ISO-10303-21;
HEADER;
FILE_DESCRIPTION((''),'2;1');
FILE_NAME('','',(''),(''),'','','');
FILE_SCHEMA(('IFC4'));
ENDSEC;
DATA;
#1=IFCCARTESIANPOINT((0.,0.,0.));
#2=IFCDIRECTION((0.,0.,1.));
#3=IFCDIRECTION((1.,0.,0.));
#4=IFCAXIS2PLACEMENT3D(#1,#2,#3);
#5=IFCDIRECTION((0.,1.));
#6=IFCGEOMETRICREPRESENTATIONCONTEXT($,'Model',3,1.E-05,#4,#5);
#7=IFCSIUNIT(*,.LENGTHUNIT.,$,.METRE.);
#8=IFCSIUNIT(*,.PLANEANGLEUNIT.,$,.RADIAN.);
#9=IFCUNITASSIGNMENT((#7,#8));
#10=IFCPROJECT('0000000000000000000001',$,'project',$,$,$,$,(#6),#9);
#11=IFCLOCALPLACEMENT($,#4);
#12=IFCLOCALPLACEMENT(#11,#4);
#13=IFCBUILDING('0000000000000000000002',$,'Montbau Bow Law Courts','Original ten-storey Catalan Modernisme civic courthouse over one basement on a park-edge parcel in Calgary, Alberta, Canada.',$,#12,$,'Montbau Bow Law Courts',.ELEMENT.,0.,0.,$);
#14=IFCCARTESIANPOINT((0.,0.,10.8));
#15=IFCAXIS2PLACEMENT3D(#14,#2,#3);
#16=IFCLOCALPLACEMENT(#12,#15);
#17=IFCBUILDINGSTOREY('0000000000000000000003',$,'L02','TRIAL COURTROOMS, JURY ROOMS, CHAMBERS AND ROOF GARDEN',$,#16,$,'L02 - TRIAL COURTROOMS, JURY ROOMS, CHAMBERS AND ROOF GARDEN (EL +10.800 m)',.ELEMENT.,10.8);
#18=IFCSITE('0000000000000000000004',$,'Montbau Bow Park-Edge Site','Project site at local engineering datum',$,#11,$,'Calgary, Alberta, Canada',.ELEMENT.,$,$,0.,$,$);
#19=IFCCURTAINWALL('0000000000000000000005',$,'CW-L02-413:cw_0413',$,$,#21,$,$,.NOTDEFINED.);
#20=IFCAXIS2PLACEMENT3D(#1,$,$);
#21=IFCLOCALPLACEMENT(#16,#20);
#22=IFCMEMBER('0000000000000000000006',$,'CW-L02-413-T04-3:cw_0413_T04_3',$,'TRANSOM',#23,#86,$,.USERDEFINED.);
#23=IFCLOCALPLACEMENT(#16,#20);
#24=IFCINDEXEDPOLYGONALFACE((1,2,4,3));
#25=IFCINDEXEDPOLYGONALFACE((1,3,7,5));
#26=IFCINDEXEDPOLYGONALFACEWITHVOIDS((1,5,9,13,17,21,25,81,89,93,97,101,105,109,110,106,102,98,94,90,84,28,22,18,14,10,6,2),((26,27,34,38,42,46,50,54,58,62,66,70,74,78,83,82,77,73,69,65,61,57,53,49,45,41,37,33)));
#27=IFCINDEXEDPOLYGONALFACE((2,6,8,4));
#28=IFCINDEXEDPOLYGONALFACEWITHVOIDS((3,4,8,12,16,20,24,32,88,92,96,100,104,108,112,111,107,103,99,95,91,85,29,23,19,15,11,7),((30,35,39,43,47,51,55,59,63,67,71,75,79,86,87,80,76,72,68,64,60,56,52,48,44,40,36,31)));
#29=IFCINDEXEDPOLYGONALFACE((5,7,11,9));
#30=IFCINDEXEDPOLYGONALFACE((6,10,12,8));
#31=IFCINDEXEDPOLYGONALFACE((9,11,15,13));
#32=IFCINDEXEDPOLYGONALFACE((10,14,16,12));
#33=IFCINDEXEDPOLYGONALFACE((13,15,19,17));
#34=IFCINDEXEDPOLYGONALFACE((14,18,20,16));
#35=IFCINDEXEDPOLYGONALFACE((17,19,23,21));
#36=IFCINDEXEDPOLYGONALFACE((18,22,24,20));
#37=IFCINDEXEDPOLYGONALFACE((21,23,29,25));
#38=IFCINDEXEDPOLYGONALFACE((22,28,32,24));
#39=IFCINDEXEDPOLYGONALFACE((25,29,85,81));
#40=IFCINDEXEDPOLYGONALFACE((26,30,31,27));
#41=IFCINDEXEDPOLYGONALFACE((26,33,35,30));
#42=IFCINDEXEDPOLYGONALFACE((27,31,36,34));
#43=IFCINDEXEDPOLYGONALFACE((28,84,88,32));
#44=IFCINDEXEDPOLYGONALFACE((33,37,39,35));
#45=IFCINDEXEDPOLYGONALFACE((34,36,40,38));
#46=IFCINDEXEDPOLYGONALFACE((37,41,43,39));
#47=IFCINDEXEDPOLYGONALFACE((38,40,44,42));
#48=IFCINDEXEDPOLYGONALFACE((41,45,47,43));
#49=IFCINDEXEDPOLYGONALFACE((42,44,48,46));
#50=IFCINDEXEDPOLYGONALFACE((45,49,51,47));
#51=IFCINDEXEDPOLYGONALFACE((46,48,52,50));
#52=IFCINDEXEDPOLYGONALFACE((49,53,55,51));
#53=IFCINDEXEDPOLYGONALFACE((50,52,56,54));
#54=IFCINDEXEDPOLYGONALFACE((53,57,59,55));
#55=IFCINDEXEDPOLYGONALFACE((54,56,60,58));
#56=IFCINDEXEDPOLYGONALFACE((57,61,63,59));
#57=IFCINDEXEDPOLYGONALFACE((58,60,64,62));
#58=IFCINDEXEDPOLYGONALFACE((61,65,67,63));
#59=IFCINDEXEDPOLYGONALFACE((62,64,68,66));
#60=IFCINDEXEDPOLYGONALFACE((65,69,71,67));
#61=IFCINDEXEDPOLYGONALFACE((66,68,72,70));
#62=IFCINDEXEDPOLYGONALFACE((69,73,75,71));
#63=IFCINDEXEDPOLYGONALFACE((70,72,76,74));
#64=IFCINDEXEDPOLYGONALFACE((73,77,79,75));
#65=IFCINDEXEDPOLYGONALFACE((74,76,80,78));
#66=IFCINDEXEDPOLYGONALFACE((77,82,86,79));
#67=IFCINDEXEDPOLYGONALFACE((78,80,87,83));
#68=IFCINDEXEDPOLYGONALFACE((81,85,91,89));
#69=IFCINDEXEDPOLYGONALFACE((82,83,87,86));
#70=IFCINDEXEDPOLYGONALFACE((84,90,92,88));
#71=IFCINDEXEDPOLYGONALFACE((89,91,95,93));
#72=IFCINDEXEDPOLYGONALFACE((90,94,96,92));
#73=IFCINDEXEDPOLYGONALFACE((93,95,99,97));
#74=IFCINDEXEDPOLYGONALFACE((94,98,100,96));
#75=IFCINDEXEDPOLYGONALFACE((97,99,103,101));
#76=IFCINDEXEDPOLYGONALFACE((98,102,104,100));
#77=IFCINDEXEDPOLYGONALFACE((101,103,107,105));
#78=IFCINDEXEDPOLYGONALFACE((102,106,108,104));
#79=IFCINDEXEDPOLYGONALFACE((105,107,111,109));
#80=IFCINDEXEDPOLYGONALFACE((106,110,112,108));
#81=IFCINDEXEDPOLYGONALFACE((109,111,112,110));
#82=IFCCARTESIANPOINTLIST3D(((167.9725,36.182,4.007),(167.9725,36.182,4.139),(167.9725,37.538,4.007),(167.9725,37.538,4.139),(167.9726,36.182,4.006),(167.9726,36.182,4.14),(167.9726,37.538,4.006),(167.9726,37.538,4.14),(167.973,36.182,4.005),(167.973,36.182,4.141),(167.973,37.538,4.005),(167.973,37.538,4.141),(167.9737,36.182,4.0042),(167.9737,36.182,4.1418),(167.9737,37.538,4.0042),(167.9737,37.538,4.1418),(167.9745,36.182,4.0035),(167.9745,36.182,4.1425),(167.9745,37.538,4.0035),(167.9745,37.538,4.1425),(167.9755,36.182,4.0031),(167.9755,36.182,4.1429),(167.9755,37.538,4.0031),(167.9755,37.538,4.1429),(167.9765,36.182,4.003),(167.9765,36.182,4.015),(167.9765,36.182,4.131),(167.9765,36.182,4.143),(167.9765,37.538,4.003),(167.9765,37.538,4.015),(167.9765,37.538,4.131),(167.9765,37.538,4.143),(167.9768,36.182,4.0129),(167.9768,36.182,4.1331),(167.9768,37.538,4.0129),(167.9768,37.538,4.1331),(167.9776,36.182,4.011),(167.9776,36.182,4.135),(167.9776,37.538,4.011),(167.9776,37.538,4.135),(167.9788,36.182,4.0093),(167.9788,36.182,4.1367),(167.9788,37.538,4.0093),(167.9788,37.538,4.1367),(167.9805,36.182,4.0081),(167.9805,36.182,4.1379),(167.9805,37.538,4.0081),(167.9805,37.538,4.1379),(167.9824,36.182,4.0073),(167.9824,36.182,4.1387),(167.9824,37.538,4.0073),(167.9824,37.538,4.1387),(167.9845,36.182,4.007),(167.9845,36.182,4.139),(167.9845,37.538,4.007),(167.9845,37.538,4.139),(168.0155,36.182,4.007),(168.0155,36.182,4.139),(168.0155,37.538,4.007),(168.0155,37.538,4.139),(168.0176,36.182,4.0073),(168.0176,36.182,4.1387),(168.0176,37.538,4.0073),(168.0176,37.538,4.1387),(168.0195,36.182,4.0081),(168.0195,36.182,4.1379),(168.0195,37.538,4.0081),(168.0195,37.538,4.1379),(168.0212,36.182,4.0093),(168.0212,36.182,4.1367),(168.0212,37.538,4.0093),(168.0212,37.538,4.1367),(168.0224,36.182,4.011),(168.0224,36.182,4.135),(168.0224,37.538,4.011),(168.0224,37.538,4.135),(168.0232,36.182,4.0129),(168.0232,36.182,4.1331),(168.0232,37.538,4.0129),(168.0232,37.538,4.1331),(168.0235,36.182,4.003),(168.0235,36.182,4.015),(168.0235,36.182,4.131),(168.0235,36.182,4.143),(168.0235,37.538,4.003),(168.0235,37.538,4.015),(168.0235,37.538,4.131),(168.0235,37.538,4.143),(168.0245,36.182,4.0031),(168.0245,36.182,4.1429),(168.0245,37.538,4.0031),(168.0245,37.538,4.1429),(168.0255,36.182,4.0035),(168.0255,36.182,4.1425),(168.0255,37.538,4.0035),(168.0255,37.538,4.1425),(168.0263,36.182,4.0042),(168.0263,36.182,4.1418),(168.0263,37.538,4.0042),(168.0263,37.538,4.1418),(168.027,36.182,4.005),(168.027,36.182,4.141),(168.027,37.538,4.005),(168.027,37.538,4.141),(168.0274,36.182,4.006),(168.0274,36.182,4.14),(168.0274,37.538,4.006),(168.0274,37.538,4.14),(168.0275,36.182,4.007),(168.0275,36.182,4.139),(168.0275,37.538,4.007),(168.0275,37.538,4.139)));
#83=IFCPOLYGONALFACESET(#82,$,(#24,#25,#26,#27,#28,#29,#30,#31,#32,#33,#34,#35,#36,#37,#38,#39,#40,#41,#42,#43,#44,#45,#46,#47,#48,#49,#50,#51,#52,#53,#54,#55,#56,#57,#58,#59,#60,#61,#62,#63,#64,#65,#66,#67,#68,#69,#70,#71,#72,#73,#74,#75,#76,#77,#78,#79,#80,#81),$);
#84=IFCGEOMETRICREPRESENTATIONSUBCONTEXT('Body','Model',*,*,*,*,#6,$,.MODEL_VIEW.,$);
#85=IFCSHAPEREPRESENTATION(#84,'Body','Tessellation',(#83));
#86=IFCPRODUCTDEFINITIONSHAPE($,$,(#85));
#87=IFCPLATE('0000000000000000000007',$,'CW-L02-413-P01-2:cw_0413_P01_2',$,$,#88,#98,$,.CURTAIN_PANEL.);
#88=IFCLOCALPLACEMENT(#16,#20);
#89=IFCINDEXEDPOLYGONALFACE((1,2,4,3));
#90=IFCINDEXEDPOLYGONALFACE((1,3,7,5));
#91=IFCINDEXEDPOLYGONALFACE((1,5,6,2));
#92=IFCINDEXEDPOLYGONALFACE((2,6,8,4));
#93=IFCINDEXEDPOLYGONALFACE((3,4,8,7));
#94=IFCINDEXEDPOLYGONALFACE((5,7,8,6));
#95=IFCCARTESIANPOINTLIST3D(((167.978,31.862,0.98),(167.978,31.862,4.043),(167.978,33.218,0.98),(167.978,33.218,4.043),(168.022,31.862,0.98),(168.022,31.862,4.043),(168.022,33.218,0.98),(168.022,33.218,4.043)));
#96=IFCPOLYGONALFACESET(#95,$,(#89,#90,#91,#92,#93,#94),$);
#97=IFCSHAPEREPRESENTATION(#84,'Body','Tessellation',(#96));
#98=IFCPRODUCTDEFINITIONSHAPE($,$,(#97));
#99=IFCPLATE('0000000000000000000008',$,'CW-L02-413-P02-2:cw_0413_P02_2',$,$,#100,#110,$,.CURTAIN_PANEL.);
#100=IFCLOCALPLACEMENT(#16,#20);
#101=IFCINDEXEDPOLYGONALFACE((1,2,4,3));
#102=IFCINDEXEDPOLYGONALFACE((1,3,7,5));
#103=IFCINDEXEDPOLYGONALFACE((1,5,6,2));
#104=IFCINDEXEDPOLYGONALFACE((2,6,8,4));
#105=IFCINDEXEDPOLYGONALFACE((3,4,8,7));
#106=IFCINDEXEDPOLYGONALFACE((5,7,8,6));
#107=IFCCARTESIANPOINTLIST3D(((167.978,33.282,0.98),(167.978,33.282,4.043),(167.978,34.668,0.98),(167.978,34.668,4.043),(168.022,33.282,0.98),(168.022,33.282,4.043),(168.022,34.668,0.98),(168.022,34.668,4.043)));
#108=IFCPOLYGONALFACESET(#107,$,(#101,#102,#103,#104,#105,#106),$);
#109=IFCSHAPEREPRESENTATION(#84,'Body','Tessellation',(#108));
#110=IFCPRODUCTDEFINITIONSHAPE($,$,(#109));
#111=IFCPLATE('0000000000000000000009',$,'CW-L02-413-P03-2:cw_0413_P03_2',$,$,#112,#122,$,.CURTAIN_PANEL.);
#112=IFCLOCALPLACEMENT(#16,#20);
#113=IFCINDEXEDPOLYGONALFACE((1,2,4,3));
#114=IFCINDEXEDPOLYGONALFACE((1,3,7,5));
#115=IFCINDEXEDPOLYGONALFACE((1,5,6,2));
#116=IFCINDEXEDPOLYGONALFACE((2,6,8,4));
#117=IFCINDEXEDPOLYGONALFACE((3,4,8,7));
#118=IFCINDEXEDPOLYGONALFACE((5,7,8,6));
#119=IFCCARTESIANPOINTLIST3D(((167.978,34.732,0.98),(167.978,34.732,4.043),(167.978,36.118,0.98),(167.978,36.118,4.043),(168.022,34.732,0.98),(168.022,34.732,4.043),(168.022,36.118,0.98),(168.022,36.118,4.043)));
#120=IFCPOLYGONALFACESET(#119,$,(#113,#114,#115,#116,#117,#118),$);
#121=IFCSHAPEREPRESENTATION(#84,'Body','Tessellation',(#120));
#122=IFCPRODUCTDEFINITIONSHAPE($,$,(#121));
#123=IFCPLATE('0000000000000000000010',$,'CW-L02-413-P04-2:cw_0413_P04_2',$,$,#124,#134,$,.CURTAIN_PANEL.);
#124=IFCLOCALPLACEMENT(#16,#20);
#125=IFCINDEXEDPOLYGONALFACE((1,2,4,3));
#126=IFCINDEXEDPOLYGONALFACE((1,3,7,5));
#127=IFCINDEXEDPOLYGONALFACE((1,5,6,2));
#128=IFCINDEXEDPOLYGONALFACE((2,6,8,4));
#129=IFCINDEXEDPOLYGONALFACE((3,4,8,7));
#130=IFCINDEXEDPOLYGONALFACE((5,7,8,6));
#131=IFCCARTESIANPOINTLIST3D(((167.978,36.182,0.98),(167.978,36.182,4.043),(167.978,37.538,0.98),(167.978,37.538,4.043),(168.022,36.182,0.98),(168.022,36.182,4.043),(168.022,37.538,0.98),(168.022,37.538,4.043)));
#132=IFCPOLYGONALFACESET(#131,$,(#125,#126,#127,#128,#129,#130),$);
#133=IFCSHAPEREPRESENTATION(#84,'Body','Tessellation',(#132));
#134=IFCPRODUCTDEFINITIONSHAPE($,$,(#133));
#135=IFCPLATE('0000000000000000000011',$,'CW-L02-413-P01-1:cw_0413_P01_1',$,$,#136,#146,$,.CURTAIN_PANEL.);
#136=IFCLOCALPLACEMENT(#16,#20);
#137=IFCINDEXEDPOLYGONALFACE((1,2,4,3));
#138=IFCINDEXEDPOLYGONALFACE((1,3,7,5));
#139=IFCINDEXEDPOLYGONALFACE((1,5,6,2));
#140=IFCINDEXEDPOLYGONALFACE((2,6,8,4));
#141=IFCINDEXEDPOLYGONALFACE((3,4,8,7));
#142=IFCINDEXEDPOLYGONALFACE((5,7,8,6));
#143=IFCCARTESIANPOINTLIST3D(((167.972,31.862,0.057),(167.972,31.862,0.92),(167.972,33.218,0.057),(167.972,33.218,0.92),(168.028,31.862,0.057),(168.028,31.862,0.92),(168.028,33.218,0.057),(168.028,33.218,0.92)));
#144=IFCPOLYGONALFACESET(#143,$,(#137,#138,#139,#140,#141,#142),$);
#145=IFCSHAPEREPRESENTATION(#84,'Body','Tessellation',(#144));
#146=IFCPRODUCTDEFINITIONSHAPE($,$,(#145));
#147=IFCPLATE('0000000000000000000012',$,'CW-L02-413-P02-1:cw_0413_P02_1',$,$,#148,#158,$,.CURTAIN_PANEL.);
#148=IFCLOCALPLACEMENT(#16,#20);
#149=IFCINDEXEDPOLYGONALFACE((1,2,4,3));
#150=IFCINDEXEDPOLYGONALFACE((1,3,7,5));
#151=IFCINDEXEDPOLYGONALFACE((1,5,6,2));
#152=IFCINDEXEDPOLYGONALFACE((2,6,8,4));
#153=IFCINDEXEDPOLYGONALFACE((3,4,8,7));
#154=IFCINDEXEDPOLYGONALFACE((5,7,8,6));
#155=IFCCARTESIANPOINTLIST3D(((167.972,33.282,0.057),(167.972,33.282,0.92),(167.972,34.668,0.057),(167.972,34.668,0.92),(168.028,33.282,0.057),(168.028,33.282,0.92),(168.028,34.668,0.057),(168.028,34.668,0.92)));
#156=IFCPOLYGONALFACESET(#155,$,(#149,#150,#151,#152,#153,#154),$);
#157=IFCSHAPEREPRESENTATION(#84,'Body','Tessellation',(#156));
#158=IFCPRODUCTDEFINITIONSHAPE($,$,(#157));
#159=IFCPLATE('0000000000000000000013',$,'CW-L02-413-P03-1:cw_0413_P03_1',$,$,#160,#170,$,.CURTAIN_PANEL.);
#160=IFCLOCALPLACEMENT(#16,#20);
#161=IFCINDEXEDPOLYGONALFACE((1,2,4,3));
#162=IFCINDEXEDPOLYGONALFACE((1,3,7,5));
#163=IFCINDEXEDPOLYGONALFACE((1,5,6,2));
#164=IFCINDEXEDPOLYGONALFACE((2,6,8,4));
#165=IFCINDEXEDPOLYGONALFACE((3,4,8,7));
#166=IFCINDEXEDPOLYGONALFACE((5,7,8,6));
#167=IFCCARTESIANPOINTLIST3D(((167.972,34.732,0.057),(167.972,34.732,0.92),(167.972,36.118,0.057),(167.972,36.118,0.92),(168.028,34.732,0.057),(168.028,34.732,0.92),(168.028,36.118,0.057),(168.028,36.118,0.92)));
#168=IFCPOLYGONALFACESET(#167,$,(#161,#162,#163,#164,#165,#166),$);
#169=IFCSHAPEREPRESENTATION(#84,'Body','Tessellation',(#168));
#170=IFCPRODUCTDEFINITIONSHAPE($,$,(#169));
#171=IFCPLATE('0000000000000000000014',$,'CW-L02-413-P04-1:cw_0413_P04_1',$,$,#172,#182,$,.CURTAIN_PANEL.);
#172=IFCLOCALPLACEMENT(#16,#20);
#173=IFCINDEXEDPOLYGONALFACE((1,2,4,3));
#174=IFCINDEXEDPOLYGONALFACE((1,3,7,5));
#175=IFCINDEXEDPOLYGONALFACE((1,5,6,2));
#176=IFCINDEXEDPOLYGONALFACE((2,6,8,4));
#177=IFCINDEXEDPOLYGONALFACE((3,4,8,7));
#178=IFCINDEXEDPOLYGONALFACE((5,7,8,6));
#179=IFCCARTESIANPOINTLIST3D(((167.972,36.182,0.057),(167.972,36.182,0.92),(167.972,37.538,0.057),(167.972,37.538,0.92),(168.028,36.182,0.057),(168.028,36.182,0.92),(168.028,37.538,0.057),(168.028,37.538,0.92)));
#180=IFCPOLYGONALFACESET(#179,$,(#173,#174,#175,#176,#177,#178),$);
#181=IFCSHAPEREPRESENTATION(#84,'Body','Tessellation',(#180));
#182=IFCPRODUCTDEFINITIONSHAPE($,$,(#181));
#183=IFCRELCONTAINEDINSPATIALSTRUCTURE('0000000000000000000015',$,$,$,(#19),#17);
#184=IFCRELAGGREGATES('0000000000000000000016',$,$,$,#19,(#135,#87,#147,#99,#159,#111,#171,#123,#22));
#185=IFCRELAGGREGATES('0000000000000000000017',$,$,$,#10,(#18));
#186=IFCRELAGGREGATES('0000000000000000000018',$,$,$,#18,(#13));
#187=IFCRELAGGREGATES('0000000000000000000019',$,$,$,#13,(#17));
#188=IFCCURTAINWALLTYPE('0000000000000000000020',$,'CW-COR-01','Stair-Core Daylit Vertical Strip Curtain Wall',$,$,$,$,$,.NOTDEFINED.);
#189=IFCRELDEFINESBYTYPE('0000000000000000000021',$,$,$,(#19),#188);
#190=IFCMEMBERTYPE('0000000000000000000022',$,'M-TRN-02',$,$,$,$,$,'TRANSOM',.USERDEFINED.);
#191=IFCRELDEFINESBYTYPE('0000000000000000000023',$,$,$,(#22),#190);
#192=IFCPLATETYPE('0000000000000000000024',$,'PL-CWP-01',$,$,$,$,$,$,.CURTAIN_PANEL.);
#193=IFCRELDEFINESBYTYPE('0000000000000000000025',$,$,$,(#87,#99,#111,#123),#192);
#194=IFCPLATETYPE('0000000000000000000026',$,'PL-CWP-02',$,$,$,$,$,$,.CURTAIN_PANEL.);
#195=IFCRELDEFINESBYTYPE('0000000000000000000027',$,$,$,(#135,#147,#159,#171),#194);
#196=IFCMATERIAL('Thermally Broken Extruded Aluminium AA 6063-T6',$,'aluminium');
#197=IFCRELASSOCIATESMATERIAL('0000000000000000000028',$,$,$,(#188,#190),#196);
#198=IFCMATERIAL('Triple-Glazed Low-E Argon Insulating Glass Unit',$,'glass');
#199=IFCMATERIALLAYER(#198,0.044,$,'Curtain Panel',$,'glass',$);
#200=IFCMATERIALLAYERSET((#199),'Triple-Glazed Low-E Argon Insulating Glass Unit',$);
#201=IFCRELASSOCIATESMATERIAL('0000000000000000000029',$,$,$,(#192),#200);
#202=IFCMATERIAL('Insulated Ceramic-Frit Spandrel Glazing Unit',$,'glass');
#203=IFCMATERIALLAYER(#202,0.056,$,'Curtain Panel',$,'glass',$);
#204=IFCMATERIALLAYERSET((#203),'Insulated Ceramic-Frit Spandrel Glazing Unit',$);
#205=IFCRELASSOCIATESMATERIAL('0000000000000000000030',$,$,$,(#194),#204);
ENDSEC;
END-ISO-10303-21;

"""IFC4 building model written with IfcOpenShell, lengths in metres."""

from ifc_helpers import new_model, si_unit, direction, frame, frame_2d, origin_with_axes, origin_2d_with_axis, place, context, subcontext, project, spatial, rectangle, hollow_rectangle, extrude, material, layer, layer_set, material_profile, profile_set, type_object, element, aggregate, save


model = new_model("IFC4")

# Units and contexts
model_context = context("Model", 3, precision=1e-05, world=origin_with_axes(), true_north=direction((0.0, 1.0)))
body_context = subcontext(model_context, "Body", "Model", "MODEL_VIEW")
ifc_project = project(units=[si_unit("LENGTHUNIT", "METRE"), si_unit("PLANEANGLEUNIT", "RADIAN")], contexts=[model_context])

# Site, building, storey
site_placement = place(None, origin_with_axes())
site = spatial("IfcSite", under=ifc_project, at=site_placement, Name="Montbau Bow Park-Edge Site", Description="Project site at local engineering datum", LongName="Calgary, Alberta, Canada", CompositionType="ELEMENT", RefElevation=0.0)
building_placement = place(site_placement, origin_with_axes())
building = spatial("IfcBuilding", under=site, at=building_placement, Name="Montbau Bow Law Courts", Description="Original ten-storey Catalan Modernisme civic courthouse over one basement on a park-edge parcel in Calgary, Alberta, Canada.", LongName="Montbau Bow Law Courts", CompositionType="ELEMENT", ElevationOfRefHeight=0.0, ElevationOfTerrain=0.0)
storey_placement = place(building_placement, frame((0.0, 0.0, 10.8), z_axis=(0.0, 0.0, 1.0), x_axis=(1.0, 0.0, 0.0)))
storey = spatial("IfcBuildingStorey", under=building, at=storey_placement, Name="L02", Description="TRIAL COURTROOMS, JURY ROOMS, CHAMBERS AND ROOF GARDEN", LongName="L02 - TRIAL COURTROOMS, JURY ROOMS, CHAMBERS AND ROOF GARDEN (EL +10.800 m)", CompositionType="ELEMENT", Elevation=10.8)

# Curtain wall, member, plates
ifc_material_1 = material(Name="Thermally Broken Extruded Aluminium AA 6063-T6", Category="aluminium")
curtain_wall_type = type_object("IfcCurtainWallType", Name="CW-COR-01", Description="Stair-Core Daylit Vertical Strip Curtain Wall", PredefinedType="NOTDEFINED", material=ifc_material_1)
curtain_wall_placement = place(None, frame((168.0, 31.8, 10.8), z_axis=(0.0, 0.0, 1.0), x_axis=(1.0, 0.0, 0.0)))
curtain_wall = element("IfcCurtainWall", 1, at=curtain_wall_placement, inside=storey, type_object=curtain_wall_type, Name="CW-L02-413:cw_0413", PredefinedType="NOTDEFINED")
ifc_material_profile_1 = material_profile(ifc_material_1, hollow_rectangle(XDim=0.055, YDim=0.14, WallThickness=0.004, InnerFilletRadius=0.008, OuterFilletRadius=0.004, at=origin_2d_with_axis()), Name="CWT-140X55", Category="Main", Priority=0)
ifc_profile_set_1 = profile_set([ifc_material_profile_1], Name="Thermally Broken Extruded Aluminium AA 6063-T6")
member_type_1 = type_object("IfcMemberType", Name="M-TRN-02", ElementType="TRANSOM", PredefinedType="USERDEFINED", material=ifc_profile_set_1)
member_1_placement = place(None, frame((168.0, 36.182, 14.873), z_axis=(0.0, 1.0, 0.0), x_axis=(-1.0, 0.0, 0.0)))
member_1 = element("IfcMember", 2, at=member_1_placement, type_object=member_type_1, Name="CW-L02-413-T04-3:cw_0413_T04_3", ObjectType="TRANSOM", PredefinedType="USERDEFINED", context=body_context, shape_type="SweptSolid", body=[
    extrude(hollow_rectangle(XDim=0.055, YDim=0.14, WallThickness=0.004, InnerFilletRadius=0.008, OuterFilletRadius=0.004, at=origin_2d_with_axis()), origin_with_axes(), (0.0, 0.0, 1.0), 1.356),
])
ifc_material_2 = material(Name="Triple-Glazed Low-E Argon Insulating Glass Unit", Category="glass")
ifc_layer_1 = layer(ifc_material_2, 0.044, Name="Curtain Panel", Category="glass")
ifc_layer_set_1 = layer_set([ifc_layer_1], Name="Triple-Glazed Low-E Argon Insulating Glass Unit")
plate_type_1 = type_object("IfcPlateType", Name="PL-CWP-01", PredefinedType="CURTAIN_PANEL", material=ifc_layer_set_1)
plate_1_placement = place(None, frame((168.0, 31.862, 11.78), z_axis=(1.0, 0.0, 0.0), x_axis=(0.0, 1.0, 0.0)))
plate_1 = element("IfcPlate", 3, at=plate_1_placement, type_object=plate_type_1, Name="CW-L02-413-P01-2:cw_0413_P01_2", PredefinedType="CURTAIN_PANEL", context=body_context, shape_type="SweptSolid", body=[
    extrude(rectangle(XDim=1.356, YDim=3.063, at=frame_2d((0.678, 1.5315), x_axis=(1.0, 0.0))), frame((0.0, 0.0, -0.022), z_axis=(0.0, 0.0, 1.0), x_axis=(1.0, 0.0, 0.0)), (0.0, 0.0, 1.0), 0.044),
])
plate_2_placement = place(None, frame((168.0, 33.282, 11.78), z_axis=(1.0, 0.0, 0.0), x_axis=(0.0, 1.0, 0.0)))
plate_2 = element("IfcPlate", 4, at=plate_2_placement, type_object=plate_type_1, Name="CW-L02-413-P02-2:cw_0413_P02_2", PredefinedType="CURTAIN_PANEL", context=body_context, shape_type="SweptSolid", body=[
    extrude(rectangle(XDim=1.386, YDim=3.063, at=frame_2d((0.693, 1.5315), x_axis=(1.0, 0.0))), frame((0.0, 0.0, -0.022), z_axis=(0.0, 0.0, 1.0), x_axis=(1.0, 0.0, 0.0)), (0.0, 0.0, 1.0), 0.044),
])
plate_3_placement = place(None, frame((168.0, 34.732, 11.78), z_axis=(1.0, 0.0, 0.0), x_axis=(0.0, 1.0, 0.0)))
plate_3 = element("IfcPlate", 5, at=plate_3_placement, type_object=plate_type_1, Name="CW-L02-413-P03-2:cw_0413_P03_2", PredefinedType="CURTAIN_PANEL", context=body_context, shape_type="SweptSolid", body=[
    extrude(rectangle(XDim=1.386, YDim=3.063, at=frame_2d((0.693, 1.5315), x_axis=(1.0, 0.0))), frame((0.0, 0.0, -0.022), z_axis=(0.0, 0.0, 1.0), x_axis=(1.0, 0.0, 0.0)), (0.0, 0.0, 1.0), 0.044),
])
plate_4_placement = place(None, frame((168.0, 36.182, 11.78), z_axis=(1.0, 0.0, 0.0), x_axis=(0.0, 1.0, 0.0)))
plate_4 = element("IfcPlate", 6, at=plate_4_placement, type_object=plate_type_1, Name="CW-L02-413-P04-2:cw_0413_P04_2", PredefinedType="CURTAIN_PANEL", context=body_context, shape_type="SweptSolid", body=[
    extrude(rectangle(XDim=1.356, YDim=3.063, at=frame_2d((0.678, 1.5315), x_axis=(1.0, 0.0))), frame((0.0, 0.0, -0.022), z_axis=(0.0, 0.0, 1.0), x_axis=(1.0, 0.0, 0.0)), (0.0, 0.0, 1.0), 0.044),
])
ifc_material_3 = material(Name="Insulated Ceramic-Frit Spandrel Glazing Unit", Category="glass")
ifc_layer_2 = layer(ifc_material_3, 0.056, Name="Curtain Panel", Category="glass")
ifc_layer_set_2 = layer_set([ifc_layer_2], Name="Insulated Ceramic-Frit Spandrel Glazing Unit")
plate_type_2 = type_object("IfcPlateType", Name="PL-CWP-02", PredefinedType="CURTAIN_PANEL", material=ifc_layer_set_2)
plate_5_placement = place(None, frame((168.0, 31.862, 10.857), z_axis=(1.0, 0.0, 0.0), x_axis=(0.0, 1.0, 0.0)))
plate_5 = element("IfcPlate", 7, at=plate_5_placement, type_object=plate_type_2, Name="CW-L02-413-P01-1:cw_0413_P01_1", PredefinedType="CURTAIN_PANEL", context=body_context, shape_type="SweptSolid", body=[
    extrude(rectangle(XDim=1.356, YDim=0.863, at=frame_2d((0.678, 0.4315), x_axis=(1.0, 0.0))), frame((0.0, 0.0, -0.028), z_axis=(0.0, 0.0, 1.0), x_axis=(1.0, 0.0, 0.0)), (0.0, 0.0, 1.0), 0.056),
])
plate_6_placement = place(None, frame((168.0, 33.282, 10.857), z_axis=(1.0, 0.0, 0.0), x_axis=(0.0, 1.0, 0.0)))
plate_6 = element("IfcPlate", 8, at=plate_6_placement, type_object=plate_type_2, Name="CW-L02-413-P02-1:cw_0413_P02_1", PredefinedType="CURTAIN_PANEL", context=body_context, shape_type="SweptSolid", body=[
    extrude(rectangle(XDim=1.386, YDim=0.863, at=frame_2d((0.693, 0.4315), x_axis=(1.0, 0.0))), frame((0.0, 0.0, -0.028), z_axis=(0.0, 0.0, 1.0), x_axis=(1.0, 0.0, 0.0)), (0.0, 0.0, 1.0), 0.056),
])
plate_7_placement = place(None, frame((168.0, 34.732, 10.857), z_axis=(1.0, 0.0, 0.0), x_axis=(0.0, 1.0, 0.0)))
plate_7 = element("IfcPlate", 9, at=plate_7_placement, type_object=plate_type_2, Name="CW-L02-413-P03-1:cw_0413_P03_1", PredefinedType="CURTAIN_PANEL", context=body_context, shape_type="SweptSolid", body=[
    extrude(rectangle(XDim=1.386, YDim=0.863, at=frame_2d((0.693, 0.4315), x_axis=(1.0, 0.0))), frame((0.0, 0.0, -0.028), z_axis=(0.0, 0.0, 1.0), x_axis=(1.0, 0.0, 0.0)), (0.0, 0.0, 1.0), 0.056),
])
plate_8_placement = place(None, frame((168.0, 36.182, 10.857), z_axis=(1.0, 0.0, 0.0), x_axis=(0.0, 1.0, 0.0)))
plate_8 = element("IfcPlate", 10, at=plate_8_placement, type_object=plate_type_2, Name="CW-L02-413-P04-1:cw_0413_P04_1", PredefinedType="CURTAIN_PANEL", context=body_context, shape_type="SweptSolid", body=[
    extrude(rectangle(XDim=1.356, YDim=0.863, at=frame_2d((0.678, 0.4315), x_axis=(1.0, 0.0))), frame((0.0, 0.0, -0.028), z_axis=(0.0, 0.0, 1.0), x_axis=(1.0, 0.0, 0.0)), (0.0, 0.0, 1.0), 0.056),
])
aggregate(curtain_wall, [plate_5, plate_1, plate_6, plate_2, plate_7, plate_3, plate_8, plate_4, member_1])

save(model, "model.ifc")
